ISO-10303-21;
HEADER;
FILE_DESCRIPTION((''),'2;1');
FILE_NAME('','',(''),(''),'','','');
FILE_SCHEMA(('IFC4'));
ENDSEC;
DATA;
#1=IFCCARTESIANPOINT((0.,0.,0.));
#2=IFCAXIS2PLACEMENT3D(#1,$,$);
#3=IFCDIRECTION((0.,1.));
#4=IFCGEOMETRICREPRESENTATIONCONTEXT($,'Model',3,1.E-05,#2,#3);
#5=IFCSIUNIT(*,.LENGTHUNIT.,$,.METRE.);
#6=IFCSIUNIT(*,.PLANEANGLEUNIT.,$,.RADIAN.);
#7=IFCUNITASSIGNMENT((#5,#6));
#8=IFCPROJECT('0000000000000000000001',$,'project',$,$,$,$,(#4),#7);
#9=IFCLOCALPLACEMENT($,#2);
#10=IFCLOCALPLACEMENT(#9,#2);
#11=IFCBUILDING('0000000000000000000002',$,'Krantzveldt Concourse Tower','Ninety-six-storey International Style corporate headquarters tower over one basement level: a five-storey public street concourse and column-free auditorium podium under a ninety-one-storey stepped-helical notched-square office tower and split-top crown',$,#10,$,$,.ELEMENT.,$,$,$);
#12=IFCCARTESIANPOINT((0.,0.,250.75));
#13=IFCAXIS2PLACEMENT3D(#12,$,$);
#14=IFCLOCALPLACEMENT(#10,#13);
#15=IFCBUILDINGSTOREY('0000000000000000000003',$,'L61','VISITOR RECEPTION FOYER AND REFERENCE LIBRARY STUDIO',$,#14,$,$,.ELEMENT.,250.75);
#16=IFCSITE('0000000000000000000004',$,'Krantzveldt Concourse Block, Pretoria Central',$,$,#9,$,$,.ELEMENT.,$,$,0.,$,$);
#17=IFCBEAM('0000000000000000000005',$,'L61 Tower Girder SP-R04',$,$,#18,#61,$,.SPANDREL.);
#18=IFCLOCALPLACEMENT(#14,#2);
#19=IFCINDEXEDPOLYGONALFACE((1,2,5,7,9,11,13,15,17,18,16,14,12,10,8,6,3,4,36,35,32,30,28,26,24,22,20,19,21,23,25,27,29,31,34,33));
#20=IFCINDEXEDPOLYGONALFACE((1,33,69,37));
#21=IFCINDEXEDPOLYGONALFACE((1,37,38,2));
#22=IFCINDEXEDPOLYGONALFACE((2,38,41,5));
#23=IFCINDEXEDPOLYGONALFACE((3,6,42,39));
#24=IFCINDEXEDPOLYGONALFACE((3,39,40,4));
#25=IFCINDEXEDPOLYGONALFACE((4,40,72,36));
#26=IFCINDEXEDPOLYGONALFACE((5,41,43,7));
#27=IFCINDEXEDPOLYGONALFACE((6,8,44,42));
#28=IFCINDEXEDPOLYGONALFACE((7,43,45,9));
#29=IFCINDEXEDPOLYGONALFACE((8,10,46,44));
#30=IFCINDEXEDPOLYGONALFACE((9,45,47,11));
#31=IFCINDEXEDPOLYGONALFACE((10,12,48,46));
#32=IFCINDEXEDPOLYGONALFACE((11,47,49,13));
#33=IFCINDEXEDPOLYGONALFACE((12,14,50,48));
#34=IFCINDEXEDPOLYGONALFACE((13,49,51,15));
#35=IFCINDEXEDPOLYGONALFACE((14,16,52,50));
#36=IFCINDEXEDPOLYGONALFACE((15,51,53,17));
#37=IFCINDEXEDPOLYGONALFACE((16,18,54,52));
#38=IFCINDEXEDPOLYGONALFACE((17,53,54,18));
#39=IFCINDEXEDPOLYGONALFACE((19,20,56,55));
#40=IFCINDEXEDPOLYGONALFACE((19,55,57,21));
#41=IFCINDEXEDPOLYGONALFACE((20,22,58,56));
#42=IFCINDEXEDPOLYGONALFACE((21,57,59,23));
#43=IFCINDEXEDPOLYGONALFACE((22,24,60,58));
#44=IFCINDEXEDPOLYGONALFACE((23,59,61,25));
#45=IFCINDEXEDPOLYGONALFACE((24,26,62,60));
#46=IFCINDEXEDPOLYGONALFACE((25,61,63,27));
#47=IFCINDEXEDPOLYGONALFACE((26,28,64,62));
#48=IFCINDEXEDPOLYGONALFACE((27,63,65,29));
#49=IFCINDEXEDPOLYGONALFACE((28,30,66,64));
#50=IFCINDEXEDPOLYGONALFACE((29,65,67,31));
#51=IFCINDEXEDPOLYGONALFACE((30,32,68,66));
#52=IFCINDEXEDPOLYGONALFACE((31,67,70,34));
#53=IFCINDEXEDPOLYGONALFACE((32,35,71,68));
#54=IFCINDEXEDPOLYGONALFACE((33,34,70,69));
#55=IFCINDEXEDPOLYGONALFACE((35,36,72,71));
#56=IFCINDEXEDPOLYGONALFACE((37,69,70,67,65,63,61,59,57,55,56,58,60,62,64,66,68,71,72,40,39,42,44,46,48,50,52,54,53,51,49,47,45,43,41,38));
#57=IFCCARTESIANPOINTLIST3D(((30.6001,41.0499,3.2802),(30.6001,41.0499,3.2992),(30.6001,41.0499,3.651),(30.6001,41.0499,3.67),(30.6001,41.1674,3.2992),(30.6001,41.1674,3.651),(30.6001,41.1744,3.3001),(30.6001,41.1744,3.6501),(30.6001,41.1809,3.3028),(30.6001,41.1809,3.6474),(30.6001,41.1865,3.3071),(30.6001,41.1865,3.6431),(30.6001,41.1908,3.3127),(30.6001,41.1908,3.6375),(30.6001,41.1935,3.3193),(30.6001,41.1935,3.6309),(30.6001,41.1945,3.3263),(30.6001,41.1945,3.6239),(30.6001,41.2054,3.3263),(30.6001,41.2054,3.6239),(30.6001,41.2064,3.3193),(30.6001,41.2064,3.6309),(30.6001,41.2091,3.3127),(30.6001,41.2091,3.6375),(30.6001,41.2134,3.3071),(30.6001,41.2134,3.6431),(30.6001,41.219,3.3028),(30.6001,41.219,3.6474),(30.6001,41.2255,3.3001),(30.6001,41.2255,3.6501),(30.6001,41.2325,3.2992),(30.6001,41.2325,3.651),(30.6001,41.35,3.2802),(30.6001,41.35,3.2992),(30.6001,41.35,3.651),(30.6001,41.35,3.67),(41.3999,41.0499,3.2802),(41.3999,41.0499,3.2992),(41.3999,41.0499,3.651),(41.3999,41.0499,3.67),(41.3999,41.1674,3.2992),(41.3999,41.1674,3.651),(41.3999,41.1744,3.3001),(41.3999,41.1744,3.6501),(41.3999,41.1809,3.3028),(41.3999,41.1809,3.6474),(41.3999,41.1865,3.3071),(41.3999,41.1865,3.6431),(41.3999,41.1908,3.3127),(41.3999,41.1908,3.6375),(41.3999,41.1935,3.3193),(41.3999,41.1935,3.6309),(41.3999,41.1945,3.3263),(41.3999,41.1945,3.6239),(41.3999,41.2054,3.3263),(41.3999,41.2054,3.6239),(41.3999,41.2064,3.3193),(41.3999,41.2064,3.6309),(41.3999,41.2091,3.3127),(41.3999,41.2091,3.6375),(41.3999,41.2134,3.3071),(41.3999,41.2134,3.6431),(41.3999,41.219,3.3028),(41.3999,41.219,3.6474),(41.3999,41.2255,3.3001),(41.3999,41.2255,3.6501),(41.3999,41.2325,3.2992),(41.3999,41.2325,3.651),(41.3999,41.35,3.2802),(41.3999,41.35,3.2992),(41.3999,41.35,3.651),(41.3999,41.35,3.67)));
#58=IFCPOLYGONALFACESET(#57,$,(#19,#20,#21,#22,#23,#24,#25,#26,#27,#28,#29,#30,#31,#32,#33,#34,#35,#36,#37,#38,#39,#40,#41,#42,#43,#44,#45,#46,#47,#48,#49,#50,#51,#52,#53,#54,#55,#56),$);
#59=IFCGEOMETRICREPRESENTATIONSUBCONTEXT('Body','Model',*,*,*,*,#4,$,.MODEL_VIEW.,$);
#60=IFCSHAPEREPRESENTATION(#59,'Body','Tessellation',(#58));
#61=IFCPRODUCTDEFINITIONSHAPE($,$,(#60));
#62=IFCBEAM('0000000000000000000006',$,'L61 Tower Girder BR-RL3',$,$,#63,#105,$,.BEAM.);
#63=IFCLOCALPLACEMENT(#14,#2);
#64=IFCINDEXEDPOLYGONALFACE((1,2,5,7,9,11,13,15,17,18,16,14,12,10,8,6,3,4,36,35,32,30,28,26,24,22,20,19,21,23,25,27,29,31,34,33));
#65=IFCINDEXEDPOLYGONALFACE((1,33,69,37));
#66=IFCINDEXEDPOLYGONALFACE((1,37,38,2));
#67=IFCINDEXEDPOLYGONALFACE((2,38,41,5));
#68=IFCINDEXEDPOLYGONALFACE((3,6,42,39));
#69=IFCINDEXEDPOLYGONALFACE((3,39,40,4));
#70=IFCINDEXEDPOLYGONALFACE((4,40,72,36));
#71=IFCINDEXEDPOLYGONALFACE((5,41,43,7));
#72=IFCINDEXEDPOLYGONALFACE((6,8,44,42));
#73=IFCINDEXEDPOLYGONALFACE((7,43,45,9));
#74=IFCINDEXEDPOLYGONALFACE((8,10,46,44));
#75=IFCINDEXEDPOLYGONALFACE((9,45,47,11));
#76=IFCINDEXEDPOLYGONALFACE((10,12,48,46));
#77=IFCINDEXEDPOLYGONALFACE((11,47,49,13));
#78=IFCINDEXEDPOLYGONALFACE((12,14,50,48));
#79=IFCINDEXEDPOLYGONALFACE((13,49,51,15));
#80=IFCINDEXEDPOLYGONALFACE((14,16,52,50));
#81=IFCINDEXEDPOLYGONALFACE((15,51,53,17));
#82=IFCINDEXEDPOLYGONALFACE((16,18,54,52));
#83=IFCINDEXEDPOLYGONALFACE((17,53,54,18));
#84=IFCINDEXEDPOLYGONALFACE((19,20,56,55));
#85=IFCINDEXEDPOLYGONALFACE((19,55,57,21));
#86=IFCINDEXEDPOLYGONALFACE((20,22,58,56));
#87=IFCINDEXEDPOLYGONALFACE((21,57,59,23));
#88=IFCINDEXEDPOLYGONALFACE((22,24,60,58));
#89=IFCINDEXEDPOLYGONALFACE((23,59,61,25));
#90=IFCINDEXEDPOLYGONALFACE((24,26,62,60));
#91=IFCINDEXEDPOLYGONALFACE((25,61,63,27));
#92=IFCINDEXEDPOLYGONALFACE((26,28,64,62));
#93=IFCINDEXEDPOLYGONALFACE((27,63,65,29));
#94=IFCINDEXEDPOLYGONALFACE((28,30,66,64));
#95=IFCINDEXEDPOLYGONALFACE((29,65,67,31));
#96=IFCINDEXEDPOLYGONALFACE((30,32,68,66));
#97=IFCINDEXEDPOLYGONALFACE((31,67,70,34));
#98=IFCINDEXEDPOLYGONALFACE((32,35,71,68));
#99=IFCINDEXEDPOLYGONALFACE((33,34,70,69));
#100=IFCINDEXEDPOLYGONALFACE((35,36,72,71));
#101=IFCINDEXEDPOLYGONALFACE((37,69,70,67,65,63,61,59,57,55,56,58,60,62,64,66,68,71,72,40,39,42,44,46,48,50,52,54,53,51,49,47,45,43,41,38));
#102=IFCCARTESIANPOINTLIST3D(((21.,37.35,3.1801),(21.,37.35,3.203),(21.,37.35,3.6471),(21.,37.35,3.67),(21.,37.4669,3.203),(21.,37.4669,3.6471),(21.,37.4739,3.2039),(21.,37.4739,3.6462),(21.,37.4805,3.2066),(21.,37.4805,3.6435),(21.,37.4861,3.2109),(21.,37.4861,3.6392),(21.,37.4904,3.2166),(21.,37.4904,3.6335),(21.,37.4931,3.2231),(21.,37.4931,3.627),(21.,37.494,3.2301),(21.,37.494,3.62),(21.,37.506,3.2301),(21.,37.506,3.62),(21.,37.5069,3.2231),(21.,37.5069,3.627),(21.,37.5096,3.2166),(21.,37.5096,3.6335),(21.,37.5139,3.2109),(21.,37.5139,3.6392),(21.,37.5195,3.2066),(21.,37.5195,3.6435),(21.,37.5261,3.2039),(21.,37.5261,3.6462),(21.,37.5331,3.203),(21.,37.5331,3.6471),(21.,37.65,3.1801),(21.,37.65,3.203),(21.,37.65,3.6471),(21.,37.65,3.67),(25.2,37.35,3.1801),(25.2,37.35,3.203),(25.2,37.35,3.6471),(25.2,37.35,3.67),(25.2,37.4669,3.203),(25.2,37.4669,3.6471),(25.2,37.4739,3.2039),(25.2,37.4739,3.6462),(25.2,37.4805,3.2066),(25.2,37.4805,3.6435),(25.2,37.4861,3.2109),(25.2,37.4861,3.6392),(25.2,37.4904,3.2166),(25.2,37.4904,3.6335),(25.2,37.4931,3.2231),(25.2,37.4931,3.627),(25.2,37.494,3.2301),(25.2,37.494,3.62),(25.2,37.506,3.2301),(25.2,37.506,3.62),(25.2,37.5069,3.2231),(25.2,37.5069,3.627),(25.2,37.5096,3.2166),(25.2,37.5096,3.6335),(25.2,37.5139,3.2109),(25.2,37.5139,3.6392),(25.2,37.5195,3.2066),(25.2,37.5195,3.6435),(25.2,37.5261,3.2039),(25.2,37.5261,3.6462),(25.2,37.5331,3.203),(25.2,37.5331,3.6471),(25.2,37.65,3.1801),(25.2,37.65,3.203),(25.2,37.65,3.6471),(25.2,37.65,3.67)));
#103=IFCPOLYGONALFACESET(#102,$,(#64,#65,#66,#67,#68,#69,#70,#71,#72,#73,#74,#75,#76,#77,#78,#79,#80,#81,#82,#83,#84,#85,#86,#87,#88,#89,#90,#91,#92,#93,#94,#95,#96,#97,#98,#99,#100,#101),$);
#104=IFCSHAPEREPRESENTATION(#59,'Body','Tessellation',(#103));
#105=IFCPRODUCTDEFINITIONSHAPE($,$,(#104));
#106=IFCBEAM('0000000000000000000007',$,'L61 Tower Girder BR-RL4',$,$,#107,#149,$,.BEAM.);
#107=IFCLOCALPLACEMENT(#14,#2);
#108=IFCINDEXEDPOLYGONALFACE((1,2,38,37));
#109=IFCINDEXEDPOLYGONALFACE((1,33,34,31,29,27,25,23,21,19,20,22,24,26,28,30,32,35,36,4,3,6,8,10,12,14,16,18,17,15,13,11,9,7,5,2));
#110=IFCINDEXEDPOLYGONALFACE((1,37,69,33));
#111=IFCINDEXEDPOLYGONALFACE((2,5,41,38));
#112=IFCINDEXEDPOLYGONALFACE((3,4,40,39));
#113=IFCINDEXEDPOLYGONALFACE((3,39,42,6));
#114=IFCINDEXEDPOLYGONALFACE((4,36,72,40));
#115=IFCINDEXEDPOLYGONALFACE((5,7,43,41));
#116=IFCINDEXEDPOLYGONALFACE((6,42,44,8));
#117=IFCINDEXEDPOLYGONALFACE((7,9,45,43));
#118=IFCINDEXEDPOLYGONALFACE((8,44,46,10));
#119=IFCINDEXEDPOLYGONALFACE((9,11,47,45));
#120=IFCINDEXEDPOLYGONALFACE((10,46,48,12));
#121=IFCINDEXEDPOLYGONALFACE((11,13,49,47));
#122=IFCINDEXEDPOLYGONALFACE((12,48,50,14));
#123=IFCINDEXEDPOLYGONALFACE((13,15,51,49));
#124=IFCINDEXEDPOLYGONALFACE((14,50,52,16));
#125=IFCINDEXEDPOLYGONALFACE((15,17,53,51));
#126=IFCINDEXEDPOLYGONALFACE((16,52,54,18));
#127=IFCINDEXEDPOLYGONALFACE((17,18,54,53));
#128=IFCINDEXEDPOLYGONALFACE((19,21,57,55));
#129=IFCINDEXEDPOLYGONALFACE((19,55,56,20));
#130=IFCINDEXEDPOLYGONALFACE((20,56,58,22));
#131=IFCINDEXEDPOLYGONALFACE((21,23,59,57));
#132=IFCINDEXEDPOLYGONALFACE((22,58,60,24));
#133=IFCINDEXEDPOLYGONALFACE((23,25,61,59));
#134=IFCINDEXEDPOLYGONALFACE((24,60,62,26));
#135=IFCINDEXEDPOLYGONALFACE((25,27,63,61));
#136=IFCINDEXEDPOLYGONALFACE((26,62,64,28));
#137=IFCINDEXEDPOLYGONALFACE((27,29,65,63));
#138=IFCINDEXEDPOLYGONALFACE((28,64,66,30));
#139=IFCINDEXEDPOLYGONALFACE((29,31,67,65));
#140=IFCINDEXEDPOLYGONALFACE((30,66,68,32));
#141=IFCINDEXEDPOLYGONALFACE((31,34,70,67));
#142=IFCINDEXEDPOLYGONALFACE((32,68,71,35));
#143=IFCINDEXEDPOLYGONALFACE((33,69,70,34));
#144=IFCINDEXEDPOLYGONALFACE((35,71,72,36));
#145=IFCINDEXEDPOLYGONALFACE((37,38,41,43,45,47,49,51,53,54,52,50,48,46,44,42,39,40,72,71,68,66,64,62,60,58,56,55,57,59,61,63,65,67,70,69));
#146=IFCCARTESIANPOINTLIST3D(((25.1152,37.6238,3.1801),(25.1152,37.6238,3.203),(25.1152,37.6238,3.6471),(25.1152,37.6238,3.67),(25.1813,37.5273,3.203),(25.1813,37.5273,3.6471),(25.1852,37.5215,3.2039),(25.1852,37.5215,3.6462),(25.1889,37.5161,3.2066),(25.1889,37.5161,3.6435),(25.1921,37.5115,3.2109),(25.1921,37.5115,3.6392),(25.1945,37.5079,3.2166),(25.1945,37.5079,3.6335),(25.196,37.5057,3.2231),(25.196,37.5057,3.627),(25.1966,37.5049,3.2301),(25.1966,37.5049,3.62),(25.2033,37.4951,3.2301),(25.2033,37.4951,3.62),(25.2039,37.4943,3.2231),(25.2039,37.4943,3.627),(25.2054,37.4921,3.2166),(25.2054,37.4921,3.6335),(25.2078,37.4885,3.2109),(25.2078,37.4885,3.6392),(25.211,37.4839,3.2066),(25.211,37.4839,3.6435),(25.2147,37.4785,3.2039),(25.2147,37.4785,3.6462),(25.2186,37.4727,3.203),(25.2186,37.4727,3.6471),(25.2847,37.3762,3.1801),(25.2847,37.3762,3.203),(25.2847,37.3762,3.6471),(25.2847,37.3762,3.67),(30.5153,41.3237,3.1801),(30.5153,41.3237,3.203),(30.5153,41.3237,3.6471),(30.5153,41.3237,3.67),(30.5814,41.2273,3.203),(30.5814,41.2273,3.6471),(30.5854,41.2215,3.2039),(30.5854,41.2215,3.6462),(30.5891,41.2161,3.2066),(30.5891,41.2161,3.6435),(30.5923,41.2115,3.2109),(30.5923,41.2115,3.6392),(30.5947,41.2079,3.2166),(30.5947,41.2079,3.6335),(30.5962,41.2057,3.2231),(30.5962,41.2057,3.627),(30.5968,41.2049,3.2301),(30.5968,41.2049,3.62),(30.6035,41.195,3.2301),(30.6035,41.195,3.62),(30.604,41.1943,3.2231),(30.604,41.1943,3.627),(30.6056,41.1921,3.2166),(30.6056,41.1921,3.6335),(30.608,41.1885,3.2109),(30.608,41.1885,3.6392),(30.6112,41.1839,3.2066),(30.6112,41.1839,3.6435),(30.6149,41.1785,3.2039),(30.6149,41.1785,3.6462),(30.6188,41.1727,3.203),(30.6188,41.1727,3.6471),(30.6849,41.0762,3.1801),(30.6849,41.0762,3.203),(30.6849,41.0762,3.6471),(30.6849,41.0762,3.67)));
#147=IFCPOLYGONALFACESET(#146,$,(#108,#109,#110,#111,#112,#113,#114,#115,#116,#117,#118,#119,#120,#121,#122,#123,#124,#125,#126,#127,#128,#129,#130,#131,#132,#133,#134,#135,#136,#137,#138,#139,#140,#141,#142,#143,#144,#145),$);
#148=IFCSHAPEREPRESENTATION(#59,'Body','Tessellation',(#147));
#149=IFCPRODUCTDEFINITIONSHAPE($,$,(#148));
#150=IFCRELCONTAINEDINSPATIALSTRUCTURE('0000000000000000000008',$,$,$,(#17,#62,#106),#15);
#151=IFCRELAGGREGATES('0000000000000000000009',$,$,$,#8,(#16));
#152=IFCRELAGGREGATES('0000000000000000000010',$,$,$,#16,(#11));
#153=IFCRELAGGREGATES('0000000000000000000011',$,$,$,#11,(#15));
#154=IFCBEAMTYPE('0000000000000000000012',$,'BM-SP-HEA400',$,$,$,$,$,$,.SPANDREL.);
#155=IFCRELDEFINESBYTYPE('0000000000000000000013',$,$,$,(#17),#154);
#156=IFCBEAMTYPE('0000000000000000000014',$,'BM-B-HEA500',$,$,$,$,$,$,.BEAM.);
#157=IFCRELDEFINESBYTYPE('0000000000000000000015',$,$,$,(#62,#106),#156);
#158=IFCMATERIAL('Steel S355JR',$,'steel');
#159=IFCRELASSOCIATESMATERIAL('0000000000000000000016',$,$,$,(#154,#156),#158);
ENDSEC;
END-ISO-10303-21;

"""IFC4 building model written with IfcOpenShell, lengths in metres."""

from ifc_helpers import new_model, si_unit, direction, frame, origin, origin_2d, place, context, subcontext, project, spatial, i_section, extrude, source, transform, mapped, material, material_profile, profile_set, type_object, type_shapes, element, save


model = new_model("IFC4")

# Units and contexts
model_context = context("Model", 3, precision=1e-05, world=origin(), true_north=direction((0.0, 1.0)))
body_context = subcontext(model_context, "Body", "Model", "MODEL_VIEW")
ifc_project = project(units=[si_unit("LENGTHUNIT", "METRE"), si_unit("PLANEANGLEUNIT", "RADIAN")], contexts=[model_context])

# Site, building, storey
site_placement = place(None, origin())
site = spatial("IfcSite", under=ifc_project, at=site_placement, Name="Krantzveldt Concourse Block, Pretoria Central", CompositionType="ELEMENT", RefElevation=0.0)
building_placement = place(site_placement, origin())
building = spatial("IfcBuilding", under=site, at=building_placement, Name="Krantzveldt Concourse Tower", Description="Ninety-six-storey International Style corporate headquarters tower over one basement level: a five-storey public street concourse and column-free auditorium podium under a ninety-one-storey stepped-helical notched-square office tower and split-top crown", CompositionType="ELEMENT")
storey_placement = place(building_placement, frame((0.0, 0.0, 250.75)))
storey = spatial("IfcBuildingStorey", under=building, at=storey_placement, Name="L61", Description="VISITOR RECEPTION FOYER AND REFERENCE LIBRARY STUDIO", CompositionType="ELEMENT", Elevation=250.75)

# Beams
ifc_material_1 = material(Name="Steel S355JR", Category="steel")
ifc_material_profile_1 = material_profile(ifc_material_1, i_section(OverallWidth=0.3, OverallDepth=0.3899, WebThickness=0.011, FlangeThickness=0.019, FilletRadius=0.0271, at=origin_2d()), Name="Steel S355JR", Category="steel")
ifc_profile_set_1 = profile_set([ifc_material_profile_1], Name="Steel S355JR - HEA 400")
beam_type_1 = type_object("IfcBeamType", Name="BM-SP-HEA400", PredefinedType="SPANDREL", material=ifc_profile_set_1)
shared_shape_1 = source(origin(), body_context, "Body", "SweptSolid", [
    extrude(i_section(OverallWidth=0.3, OverallDepth=0.3899, WebThickness=0.011, FlangeThickness=0.019, FilletRadius=0.0271, at=origin_2d()), origin(), (0.0, 0.0, 1.0), 10.7998),
])
beam_1_placement = place(storey_placement, frame((30.6001, 41.2, 3.4751), z_axis=(1.0, 0.0, 0.0), x_axis=(0.0, 1.0, 0.0)))
element("IfcBeam", 1, at=beam_1_placement, inside=storey, type_object=beam_type_1, Name="L61 Tower Girder SP-R04", PredefinedType="SPANDREL", context=body_context, shape_type="MappedRepresentation", body=[
    mapped(shared_shape_1, transform((0.0, 0.0, 0.0), x_axis=(1.0, 0.0, 0.0), y_axis=(0.0, 1.0, 0.0), z_axis=(0.0, 0.0, 1.0), scale=1.0)),
])
ifc_material_profile_2 = material_profile(ifc_material_1, i_section(OverallWidth=0.3, OverallDepth=0.49, WebThickness=0.012, FlangeThickness=0.0229, FilletRadius=0.0271, at=origin_2d()), Name="Steel S355JR", Category="steel")
ifc_profile_set_2 = profile_set([ifc_material_profile_2], Name="Steel S355JR - HEA 500")
beam_type_2 = type_object("IfcBeamType", Name="BM-B-HEA500", PredefinedType="BEAM", material=ifc_profile_set_2)
shared_shape_2 = source(origin(), body_context, "Body", "SweptSolid", [
    extrude(i_section(OverallWidth=0.3, OverallDepth=0.49, WebThickness=0.012, FlangeThickness=0.0229, FilletRadius=0.0271, at=origin_2d()), origin(), (0.0, 0.0, 1.0), 4.2),
])
beam_2_placement = place(storey_placement, frame((21.0, 37.5, 3.425), z_axis=(1.0, 0.0, 0.0), x_axis=(0.0, 1.0, 0.0)))
element("IfcBeam", 2, at=beam_2_placement, inside=storey, type_object=beam_type_2, Name="L61 Tower Girder BR-RL3", PredefinedType="BEAM", context=body_context, shape_type="MappedRepresentation", body=[
    mapped(shared_shape_2, transform((0.0, 0.0, 0.0), x_axis=(1.0, 0.0, 0.0), y_axis=(0.0, 1.0, 0.0), z_axis=(0.0, 0.0, 1.0), scale=1.0)),
])
shared_shape_3 = source(origin(), body_context, "Body", "SweptSolid", [
    extrude(i_section(OverallWidth=0.3, OverallDepth=0.49, WebThickness=0.012, FlangeThickness=0.0229, FilletRadius=0.0271, at=origin_2d()), origin(), (0.0, 0.0, 1.0), 6.5461),
])
type_shapes(beam_type_2, [shared_shape_2, shared_shape_3])
beam_3_placement = place(storey_placement, frame((25.2, 37.5, 3.425), z_axis=(0.824943, 0.565216, 0.0), x_axis=(-0.565216, 0.824943, 0.0)))
element("IfcBeam", 3, at=beam_3_placement, inside=storey, type_object=beam_type_2, Name="L61 Tower Girder BR-RL4", PredefinedType="BEAM", context=body_context, shape_type="MappedRepresentation", body=[
    mapped(shared_shape_3, transform((0.0, 0.0, 0.0), x_axis=(1.0, 0.0, 0.0), y_axis=(0.0, 1.0, 0.0), z_axis=(0.0, 0.0, 1.0), scale=1.0)),
])

save(model, "model.ifc")
